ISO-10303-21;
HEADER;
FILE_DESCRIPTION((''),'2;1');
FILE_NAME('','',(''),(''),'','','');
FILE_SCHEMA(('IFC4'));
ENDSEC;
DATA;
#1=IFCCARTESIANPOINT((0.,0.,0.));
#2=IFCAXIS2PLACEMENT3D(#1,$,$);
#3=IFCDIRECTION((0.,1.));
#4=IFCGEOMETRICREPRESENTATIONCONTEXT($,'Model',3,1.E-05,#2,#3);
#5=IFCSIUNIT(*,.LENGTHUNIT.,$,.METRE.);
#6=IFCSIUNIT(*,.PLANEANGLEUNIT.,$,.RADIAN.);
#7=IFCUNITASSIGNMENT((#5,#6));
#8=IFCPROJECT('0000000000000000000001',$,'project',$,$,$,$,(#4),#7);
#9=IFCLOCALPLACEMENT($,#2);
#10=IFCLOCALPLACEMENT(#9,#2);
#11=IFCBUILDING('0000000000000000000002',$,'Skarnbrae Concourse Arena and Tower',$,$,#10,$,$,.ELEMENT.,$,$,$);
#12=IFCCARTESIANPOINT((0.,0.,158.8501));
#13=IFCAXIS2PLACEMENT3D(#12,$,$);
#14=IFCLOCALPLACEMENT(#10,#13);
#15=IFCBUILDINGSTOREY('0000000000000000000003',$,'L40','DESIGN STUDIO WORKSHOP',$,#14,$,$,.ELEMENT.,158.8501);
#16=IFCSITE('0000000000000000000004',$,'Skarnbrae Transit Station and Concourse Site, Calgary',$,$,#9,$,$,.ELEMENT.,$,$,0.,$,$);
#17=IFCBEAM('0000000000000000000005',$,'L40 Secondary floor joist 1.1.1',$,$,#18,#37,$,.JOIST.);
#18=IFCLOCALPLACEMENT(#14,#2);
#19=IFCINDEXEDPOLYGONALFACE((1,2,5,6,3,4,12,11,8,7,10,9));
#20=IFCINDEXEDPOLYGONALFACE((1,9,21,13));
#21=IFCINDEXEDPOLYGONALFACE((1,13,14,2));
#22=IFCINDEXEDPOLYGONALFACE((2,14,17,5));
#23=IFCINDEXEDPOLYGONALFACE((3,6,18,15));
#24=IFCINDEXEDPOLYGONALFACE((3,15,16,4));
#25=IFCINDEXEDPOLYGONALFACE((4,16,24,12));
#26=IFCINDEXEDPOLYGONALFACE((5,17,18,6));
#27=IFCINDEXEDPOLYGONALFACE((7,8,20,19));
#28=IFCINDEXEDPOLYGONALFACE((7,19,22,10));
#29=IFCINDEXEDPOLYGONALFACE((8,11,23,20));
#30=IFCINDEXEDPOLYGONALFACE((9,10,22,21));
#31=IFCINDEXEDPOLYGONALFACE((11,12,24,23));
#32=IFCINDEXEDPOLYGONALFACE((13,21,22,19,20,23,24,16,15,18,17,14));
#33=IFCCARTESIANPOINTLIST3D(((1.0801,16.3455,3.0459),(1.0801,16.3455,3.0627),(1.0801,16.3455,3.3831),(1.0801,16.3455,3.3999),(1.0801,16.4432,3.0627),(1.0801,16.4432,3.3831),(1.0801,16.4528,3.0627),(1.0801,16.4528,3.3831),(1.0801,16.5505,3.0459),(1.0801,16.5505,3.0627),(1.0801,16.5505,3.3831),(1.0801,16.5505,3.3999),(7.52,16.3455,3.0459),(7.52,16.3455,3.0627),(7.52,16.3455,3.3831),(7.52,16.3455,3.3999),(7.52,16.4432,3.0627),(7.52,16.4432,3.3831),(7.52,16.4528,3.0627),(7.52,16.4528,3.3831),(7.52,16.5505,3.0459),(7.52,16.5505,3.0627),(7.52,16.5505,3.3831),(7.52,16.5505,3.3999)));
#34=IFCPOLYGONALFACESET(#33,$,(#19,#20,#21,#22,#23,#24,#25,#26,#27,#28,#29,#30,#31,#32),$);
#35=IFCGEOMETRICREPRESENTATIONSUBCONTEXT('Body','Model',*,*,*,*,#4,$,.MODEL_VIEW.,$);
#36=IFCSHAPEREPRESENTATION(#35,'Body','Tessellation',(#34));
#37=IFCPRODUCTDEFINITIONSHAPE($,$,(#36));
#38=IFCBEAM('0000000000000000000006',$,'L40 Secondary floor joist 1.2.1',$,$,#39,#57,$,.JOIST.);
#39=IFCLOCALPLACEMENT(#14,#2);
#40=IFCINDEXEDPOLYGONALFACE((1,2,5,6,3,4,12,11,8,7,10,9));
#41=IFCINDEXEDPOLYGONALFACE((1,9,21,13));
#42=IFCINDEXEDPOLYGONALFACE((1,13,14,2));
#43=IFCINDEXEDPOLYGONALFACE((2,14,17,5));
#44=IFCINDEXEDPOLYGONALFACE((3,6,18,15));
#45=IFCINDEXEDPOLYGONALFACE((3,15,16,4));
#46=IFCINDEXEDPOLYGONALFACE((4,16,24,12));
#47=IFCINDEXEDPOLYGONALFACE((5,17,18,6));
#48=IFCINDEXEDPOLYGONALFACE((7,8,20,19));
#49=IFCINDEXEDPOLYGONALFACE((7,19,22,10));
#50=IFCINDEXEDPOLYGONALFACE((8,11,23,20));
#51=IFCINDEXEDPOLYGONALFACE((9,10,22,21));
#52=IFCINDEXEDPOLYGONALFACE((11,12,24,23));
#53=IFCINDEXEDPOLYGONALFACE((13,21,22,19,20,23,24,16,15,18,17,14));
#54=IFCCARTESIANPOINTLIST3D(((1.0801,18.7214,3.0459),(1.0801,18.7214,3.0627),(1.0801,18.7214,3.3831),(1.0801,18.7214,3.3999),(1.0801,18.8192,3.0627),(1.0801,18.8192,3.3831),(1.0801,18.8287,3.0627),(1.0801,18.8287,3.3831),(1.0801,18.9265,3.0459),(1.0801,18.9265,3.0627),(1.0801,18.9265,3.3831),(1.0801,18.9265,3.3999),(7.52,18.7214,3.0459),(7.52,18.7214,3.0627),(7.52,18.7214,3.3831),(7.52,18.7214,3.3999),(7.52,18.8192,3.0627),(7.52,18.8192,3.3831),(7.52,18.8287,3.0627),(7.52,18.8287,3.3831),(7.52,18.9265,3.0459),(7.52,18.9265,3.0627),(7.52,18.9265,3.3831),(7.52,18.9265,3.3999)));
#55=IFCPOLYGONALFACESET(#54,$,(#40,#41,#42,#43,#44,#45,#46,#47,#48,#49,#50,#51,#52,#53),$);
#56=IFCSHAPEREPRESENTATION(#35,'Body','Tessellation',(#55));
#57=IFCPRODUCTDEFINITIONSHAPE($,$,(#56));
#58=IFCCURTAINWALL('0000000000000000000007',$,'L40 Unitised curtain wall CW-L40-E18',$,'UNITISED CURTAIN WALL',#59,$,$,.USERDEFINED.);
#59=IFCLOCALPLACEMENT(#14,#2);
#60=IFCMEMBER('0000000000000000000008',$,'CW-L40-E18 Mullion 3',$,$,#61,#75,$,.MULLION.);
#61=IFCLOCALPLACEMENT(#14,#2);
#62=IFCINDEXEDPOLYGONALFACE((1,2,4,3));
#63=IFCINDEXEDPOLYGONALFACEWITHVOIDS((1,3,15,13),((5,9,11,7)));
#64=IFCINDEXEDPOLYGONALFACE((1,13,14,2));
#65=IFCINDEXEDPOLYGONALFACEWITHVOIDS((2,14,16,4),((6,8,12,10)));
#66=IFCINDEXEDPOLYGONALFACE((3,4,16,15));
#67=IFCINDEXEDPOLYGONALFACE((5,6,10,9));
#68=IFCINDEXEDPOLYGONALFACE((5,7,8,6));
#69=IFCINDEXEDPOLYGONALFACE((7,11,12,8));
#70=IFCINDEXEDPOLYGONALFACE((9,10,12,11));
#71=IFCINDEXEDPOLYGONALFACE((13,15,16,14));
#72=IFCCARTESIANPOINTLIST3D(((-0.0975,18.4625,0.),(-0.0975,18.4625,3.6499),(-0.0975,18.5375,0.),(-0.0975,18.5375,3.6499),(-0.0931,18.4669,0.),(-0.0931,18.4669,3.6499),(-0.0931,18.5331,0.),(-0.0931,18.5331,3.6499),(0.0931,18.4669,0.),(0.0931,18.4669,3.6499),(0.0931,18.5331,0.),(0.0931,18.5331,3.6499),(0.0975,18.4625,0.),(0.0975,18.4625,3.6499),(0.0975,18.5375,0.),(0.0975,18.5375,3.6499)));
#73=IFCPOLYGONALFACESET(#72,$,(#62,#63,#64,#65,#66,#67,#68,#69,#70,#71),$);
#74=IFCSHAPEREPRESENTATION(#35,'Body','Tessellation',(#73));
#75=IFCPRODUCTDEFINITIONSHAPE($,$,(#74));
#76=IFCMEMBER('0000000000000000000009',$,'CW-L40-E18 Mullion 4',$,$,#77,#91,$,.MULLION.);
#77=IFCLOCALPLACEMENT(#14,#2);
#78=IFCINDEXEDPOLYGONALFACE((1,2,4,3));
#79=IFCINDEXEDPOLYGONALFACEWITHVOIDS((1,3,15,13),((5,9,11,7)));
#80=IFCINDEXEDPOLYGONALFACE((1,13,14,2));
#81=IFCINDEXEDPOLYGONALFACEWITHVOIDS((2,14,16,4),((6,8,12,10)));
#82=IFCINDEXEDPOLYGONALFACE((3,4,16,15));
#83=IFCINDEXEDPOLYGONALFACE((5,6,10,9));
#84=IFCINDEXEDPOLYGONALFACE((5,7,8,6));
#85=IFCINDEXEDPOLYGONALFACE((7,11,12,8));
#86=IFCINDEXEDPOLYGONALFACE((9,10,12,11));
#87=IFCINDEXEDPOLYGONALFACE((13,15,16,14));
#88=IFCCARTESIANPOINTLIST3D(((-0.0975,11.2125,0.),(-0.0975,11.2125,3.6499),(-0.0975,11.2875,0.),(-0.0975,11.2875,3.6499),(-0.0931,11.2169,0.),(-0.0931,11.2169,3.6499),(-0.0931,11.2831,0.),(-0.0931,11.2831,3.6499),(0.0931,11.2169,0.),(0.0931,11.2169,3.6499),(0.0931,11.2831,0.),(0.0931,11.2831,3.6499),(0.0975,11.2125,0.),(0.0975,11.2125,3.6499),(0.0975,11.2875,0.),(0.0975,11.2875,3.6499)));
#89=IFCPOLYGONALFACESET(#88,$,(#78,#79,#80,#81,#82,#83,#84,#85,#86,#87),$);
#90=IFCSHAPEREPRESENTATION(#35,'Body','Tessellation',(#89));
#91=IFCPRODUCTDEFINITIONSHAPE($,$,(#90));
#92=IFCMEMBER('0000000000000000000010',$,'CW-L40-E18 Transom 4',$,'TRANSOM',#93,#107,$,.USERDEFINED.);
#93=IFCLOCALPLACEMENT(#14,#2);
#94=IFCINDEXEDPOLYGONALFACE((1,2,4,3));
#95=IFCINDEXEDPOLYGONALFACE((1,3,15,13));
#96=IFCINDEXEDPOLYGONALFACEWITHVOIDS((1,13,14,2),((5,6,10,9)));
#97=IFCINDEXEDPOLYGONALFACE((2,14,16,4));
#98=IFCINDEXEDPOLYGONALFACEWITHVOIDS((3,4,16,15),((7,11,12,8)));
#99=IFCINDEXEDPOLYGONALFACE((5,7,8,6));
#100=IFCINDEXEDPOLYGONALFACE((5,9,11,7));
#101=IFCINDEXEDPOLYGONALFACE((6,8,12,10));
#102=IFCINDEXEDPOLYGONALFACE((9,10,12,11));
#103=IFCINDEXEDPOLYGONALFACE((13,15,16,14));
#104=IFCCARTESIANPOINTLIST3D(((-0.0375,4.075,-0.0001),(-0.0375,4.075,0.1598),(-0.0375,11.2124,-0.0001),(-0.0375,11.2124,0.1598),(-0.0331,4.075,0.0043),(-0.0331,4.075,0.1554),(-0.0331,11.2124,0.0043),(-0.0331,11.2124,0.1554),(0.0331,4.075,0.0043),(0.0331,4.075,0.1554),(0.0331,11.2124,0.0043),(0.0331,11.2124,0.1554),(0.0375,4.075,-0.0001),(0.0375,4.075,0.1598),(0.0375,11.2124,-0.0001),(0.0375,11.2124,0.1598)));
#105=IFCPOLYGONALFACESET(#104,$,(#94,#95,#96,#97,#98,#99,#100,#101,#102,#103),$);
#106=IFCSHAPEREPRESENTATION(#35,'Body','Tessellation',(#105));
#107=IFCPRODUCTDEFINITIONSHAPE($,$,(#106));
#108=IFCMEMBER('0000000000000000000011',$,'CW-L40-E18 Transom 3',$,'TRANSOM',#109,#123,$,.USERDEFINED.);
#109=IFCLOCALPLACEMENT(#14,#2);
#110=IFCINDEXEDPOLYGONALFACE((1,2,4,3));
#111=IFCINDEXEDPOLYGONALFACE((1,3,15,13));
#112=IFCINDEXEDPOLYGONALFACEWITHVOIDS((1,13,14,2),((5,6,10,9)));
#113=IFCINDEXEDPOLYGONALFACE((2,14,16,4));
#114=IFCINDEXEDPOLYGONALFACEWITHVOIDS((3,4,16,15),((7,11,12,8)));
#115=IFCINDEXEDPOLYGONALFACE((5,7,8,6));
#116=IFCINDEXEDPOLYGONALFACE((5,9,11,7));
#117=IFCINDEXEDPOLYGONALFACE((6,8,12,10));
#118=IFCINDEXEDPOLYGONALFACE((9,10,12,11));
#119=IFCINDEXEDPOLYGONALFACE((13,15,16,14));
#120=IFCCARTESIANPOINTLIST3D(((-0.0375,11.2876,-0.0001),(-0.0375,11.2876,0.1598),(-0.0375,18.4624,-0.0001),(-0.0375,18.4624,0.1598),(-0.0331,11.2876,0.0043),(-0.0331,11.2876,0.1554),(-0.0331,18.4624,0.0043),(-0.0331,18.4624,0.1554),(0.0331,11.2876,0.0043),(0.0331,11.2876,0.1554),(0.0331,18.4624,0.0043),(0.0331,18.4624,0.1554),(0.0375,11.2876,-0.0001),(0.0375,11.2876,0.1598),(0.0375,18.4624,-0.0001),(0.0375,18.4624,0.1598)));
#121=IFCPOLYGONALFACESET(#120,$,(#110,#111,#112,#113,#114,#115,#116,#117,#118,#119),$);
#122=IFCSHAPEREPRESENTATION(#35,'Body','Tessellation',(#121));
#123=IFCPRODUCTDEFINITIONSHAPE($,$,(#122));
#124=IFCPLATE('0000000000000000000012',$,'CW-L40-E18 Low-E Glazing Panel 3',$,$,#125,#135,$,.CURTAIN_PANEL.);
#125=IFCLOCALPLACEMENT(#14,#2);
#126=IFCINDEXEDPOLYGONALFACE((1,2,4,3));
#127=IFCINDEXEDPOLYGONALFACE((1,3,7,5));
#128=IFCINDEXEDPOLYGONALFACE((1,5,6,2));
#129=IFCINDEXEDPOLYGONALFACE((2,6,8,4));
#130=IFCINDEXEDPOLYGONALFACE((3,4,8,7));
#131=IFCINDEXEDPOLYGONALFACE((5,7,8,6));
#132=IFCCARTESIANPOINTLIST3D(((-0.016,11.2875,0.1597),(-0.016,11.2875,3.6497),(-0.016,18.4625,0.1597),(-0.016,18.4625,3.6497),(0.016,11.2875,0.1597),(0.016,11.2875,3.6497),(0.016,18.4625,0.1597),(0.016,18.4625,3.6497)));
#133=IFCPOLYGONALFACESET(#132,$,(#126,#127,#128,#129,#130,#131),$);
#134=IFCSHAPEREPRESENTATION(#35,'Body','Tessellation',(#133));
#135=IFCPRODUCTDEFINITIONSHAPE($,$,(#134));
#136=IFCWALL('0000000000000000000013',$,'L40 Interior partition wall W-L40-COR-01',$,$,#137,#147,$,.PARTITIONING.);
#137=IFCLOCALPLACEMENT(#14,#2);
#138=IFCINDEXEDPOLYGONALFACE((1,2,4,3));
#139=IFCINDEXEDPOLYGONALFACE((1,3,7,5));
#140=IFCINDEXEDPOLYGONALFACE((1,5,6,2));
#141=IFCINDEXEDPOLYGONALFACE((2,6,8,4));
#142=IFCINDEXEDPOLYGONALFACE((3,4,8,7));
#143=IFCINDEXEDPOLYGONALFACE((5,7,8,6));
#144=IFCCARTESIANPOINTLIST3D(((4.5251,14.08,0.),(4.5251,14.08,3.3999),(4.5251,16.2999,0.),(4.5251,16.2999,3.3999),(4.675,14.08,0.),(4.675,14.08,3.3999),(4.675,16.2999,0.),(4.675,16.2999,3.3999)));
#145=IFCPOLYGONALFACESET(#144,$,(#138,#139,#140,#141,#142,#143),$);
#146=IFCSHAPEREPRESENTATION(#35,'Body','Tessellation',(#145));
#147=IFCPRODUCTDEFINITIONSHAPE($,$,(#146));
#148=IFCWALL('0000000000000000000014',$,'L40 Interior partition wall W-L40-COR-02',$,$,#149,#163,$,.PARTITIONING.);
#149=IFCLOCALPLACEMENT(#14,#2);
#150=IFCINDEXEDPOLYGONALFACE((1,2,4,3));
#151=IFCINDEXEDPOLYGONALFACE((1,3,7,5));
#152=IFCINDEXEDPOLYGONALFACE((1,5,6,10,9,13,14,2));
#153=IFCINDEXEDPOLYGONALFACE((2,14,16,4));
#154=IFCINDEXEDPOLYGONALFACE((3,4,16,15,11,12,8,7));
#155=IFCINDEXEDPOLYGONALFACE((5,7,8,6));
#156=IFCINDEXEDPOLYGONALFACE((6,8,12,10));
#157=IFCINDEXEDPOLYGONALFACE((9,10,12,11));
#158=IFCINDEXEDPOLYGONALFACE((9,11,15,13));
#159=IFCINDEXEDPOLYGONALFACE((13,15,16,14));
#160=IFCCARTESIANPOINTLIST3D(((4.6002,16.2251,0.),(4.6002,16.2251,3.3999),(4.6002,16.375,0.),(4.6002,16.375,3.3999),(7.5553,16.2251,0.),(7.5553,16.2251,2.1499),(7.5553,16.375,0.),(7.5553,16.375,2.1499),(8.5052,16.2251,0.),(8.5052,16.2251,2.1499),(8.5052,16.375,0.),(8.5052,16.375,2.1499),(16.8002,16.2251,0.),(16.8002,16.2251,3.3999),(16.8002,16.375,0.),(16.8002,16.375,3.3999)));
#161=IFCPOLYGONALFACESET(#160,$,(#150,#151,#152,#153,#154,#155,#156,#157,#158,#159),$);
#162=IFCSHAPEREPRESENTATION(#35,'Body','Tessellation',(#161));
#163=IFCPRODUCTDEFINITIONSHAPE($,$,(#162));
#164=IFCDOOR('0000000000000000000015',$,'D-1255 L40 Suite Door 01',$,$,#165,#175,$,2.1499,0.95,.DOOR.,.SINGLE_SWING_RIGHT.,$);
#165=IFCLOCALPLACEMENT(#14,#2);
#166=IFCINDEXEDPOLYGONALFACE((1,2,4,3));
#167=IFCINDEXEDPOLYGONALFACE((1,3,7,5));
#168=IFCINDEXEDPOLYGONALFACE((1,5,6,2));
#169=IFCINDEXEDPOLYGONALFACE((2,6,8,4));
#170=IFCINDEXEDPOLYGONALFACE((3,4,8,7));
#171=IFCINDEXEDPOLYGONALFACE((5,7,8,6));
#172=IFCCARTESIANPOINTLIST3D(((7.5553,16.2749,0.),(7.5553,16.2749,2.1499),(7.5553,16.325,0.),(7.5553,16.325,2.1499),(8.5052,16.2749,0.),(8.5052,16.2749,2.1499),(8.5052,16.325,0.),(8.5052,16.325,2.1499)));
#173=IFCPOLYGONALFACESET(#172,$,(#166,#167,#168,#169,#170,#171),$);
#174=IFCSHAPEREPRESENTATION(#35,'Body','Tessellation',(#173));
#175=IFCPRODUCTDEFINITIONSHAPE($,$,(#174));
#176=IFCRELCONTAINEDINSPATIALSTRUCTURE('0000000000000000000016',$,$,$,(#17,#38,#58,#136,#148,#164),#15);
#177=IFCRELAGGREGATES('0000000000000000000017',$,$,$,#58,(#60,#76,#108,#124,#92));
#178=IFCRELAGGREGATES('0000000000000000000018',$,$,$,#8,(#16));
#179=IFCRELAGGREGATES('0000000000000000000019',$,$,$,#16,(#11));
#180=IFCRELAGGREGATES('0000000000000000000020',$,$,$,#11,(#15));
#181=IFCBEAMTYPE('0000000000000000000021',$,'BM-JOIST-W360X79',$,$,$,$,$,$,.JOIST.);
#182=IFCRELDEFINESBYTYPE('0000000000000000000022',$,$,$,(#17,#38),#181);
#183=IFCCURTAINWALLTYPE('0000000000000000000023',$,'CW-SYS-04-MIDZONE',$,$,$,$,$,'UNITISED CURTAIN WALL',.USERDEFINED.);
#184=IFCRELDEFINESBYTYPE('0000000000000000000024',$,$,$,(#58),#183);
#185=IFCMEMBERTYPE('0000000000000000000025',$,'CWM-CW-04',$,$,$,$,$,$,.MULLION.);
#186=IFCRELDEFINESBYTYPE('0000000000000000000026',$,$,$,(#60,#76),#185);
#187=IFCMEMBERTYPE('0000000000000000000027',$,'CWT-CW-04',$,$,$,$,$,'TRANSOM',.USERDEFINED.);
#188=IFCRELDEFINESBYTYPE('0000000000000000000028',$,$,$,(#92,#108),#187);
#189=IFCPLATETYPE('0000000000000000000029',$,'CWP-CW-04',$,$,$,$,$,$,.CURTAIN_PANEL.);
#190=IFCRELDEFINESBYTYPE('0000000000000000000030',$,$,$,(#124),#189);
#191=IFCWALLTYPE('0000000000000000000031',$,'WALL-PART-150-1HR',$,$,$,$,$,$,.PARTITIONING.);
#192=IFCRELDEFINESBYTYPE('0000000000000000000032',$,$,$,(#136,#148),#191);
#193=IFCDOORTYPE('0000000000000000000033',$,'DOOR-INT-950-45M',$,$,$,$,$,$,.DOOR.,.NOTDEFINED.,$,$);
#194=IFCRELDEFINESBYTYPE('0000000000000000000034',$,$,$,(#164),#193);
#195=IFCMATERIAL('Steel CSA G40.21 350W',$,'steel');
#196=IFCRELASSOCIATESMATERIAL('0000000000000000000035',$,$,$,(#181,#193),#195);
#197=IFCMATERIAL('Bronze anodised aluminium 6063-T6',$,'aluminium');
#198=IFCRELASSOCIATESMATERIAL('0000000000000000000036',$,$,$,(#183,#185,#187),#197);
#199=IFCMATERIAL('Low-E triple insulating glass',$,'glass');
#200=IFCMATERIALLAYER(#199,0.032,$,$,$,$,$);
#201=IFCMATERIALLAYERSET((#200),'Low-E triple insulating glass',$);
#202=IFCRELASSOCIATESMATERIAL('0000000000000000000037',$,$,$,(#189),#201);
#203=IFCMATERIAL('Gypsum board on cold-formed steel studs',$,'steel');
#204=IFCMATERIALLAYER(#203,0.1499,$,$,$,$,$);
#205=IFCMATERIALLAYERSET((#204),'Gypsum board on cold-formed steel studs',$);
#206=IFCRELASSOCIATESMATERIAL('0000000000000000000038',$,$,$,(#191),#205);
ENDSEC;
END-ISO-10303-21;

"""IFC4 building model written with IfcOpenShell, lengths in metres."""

from ifc_helpers import new_model, si_unit, direction, frame, frame_2d, origin, origin_2d, place, context, subcontext, project, spatial, rectangle, hollow_rectangle, i_section, extrude, source, transform, mapped, material, layer, layer_set, material_profile, profile_set, type_object, element, fill, aggregate, save


model = new_model("IFC4")

# Units and contexts
model_context = context("Model", 3, precision=1e-05, world=origin(), true_north=direction((0.0, 1.0)))
body_context = subcontext(model_context, "Body", "Model", "MODEL_VIEW")
ifc_project = project(units=[si_unit("LENGTHUNIT", "METRE"), si_unit("PLANEANGLEUNIT", "RADIAN")], contexts=[model_context])

# Site, building, storey
site_placement = place(None, origin())
site = spatial("IfcSite", under=ifc_project, at=site_placement, Name="Skarnbrae Transit Station and Concourse Site, Calgary", CompositionType="ELEMENT", RefElevation=0.0)
building_placement = place(site_placement, origin())
building = spatial("IfcBuilding", under=site, at=building_placement, Name="Skarnbrae Concourse Arena and Tower", CompositionType="ELEMENT")
storey_placement = place(building_placement, frame((0.0, 0.0, 158.8501)))
storey = spatial("IfcBuildingStorey", under=building, at=storey_placement, Name="L40", Description="DESIGN STUDIO WORKSHOP", CompositionType="ELEMENT", Elevation=158.8501)

# Shared definitions
ifc_material_1 = material(Name="Steel CSA G40.21 350W", Category="steel")

# Beams
ifc_material_profile_1 = material_profile(ifc_material_1, i_section(OverallWidth=0.2051, OverallDepth=0.354, WebThickness=0.0095, FlangeThickness=0.0168, at=origin_2d()), Name="W360X79")
ifc_profile_set_1 = profile_set([ifc_material_profile_1], Name="Steel CSA G40.21 350W")
beam_type_1 = type_object("IfcBeamType", Name="BM-JOIST-W360X79", PredefinedType="JOIST", material=ifc_profile_set_1)
shared_shape_1 = source(origin(), body_context, "Body", "SweptSolid", [
    extrude(i_section(OverallWidth=0.2051, OverallDepth=0.354, WebThickness=0.0095, FlangeThickness=0.0168, at=origin_2d()), origin(), (0.0, 0.0, 1.0), 6.4399),
])
for number, where, z_axis, x_axis, name in (
    (1, (1.0801, 16.448, 3.2229), (1.0, 0.0, 0.0), (0.0, 1.0, 0.0), "L40 Secondary floor joist 1.1.1"),
    (2, (1.0801, 18.824, 3.2229), (1.0, 0.0, 0.0), (0.0, 1.0, 0.0), "L40 Secondary floor joist 1.2.1"),
):
    element("IfcBeam", number, at=place(storey_placement, frame(where, z_axis=z_axis, x_axis=x_axis)), inside=storey, type_object=beam_type_1, Name=name, PredefinedType="JOIST", context=body_context, shape_type="MappedRepresentation", body=[
        mapped(shared_shape_1, transform((0.0, 0.0, 0.0))),
    ])

# Curtain wall, members, plate
ifc_material_2 = material(Name="Bronze anodised aluminium 6063-T6", Category="aluminium")
curtain_wall_type = type_object("IfcCurtainWallType", Name="CW-SYS-04-MIDZONE", ElementType="UNITISED CURTAIN WALL", PredefinedType="USERDEFINED", material=ifc_material_2)
curtain_wall_placement = place(storey_placement, origin())
curtain_wall = element("IfcCurtainWall", 3, at=curtain_wall_placement, inside=storey, type_object=curtain_wall_type, Name="L40 Unitised curtain wall CW-L40-E18", ObjectType="UNITISED CURTAIN WALL", PredefinedType="USERDEFINED")
ifc_material_profile_2 = material_profile(ifc_material_2, hollow_rectangle(XDim=0.075, YDim=0.1951, WallThickness=0.0044, at=origin_2d()), Name="ALU-MULL-75X195")
ifc_profile_set_2 = profile_set([ifc_material_profile_2], Name="Bronze anodised aluminium 6063-T6")
member_type_1 = type_object("IfcMemberType", Name="CWM-CW-04", PredefinedType="MULLION", material=ifc_profile_set_2)
shared_shape_2 = source(origin(), body_context, "Body", "SweptSolid", [
    extrude(hollow_rectangle(XDim=0.075, YDim=0.1951, WallThickness=0.0044, at=origin_2d()), origin(), (0.0, 0.0, 1.0), 3.6499),
])
member_1_placement = place(storey_placement, frame((0.0, 18.5, 0.0), z_axis=(0.0, 0.0, 1.0), x_axis=(0.0, -1.0, 0.0)))
member_1 = element("IfcMember", 4, at=member_1_placement, type_object=member_type_1, Name="CW-L40-E18 Mullion 3", PredefinedType="MULLION", context=body_context, shape_type="MappedRepresentation", body=[
    mapped(shared_shape_2, transform((0.0, 0.0, 0.0))),
])
member_2_placement = place(storey_placement, frame((0.0, 11.25, 0.0), z_axis=(0.0, 0.0, 1.0), x_axis=(0.0, -1.0, 0.0)))
member_2 = element("IfcMember", 5, at=member_2_placement, type_object=member_type_1, Name="CW-L40-E18 Mullion 4", PredefinedType="MULLION", context=body_context, shape_type="MappedRepresentation", body=[
    mapped(shared_shape_2, transform((0.0, 0.0, 0.0))),
])
ifc_material_profile_3 = material_profile(ifc_material_2, hollow_rectangle(XDim=0.075, YDim=0.1599, WallThickness=0.0044, at=origin_2d()), Name="ALU-TRAN-75X160")
ifc_profile_set_3 = profile_set([ifc_material_profile_3], Name="Bronze anodised aluminium 6063-T6")
member_type_2 = type_object("IfcMemberType", Name="CWT-CW-04", ElementType="TRANSOM", PredefinedType="USERDEFINED", material=ifc_profile_set_3)
shared_shape_3 = source(origin(), body_context, "Body", "SweptSolid", [
    extrude(hollow_rectangle(XDim=0.075, YDim=0.1599, WallThickness=0.0044, at=origin_2d()), origin(), (0.0, 0.0, 1.0), 7.1375),
])
member_3_placement = place(storey_placement, frame((0.0, 11.2124, 0.0798), z_axis=(0.0, -1.0, 0.0), x_axis=(1.0, 0.0, 0.0)))
member_3 = element("IfcMember", 6, at=member_3_placement, type_object=member_type_2, Name="CW-L40-E18 Transom 4", ObjectType="TRANSOM", PredefinedType="USERDEFINED", context=body_context, shape_type="MappedRepresentation", body=[
    mapped(shared_shape_3, transform((0.0, 0.0, 0.0))),
])
shared_shape_4 = source(origin(), body_context, "Body", "SweptSolid", [
    extrude(hollow_rectangle(XDim=0.075, YDim=0.1599, WallThickness=0.0044, at=origin_2d()), origin(), (0.0, 0.0, 1.0), 7.1748),
])
member_4_placement = place(storey_placement, frame((0.0, 18.4624, 0.0798), z_axis=(0.0, -1.0, 0.0), x_axis=(1.0, 0.0, 0.0)))
member_4 = element("IfcMember", 7, at=member_4_placement, type_object=member_type_2, Name="CW-L40-E18 Transom 3", ObjectType="TRANSOM", PredefinedType="USERDEFINED", context=body_context, shape_type="MappedRepresentation", body=[
    mapped(shared_shape_4, transform((0.0, 0.0, 0.0))),
])
ifc_material_3 = material(Name="Low-E triple insulating glass", Category="glass")
ifc_layer_1 = layer(ifc_material_3, 0.032)
ifc_layer_set_1 = layer_set([ifc_layer_1], Name="Low-E triple insulating glass")
plate_type = type_object("IfcPlateType", Name="CWP-CW-04", PredefinedType="CURTAIN_PANEL", material=ifc_layer_set_1)
shared_shape_5 = source(origin(), body_context, "Body", "SweptSolid", [
    extrude(rectangle(XDim=7.175, YDim=0.032, at=origin_2d()), origin(), (0.0, 0.0, 1.0), 3.49),
])
plate_placement = place(storey_placement, frame((0.0, 14.875, 0.1597), z_axis=(0.0, 0.0, 1.0), x_axis=(0.0, -1.0, 0.0)))
plate = element("IfcPlate", 8, at=plate_placement, type_object=plate_type, Name="CW-L40-E18 Low-E Glazing Panel 3", PredefinedType="CURTAIN_PANEL", context=body_context, shape_type="MappedRepresentation", body=[
    mapped(shared_shape_5, transform((0.0, 0.0, 0.0))),
])
aggregate(curtain_wall, [member_1, member_2, member_4, plate, member_3])

# Wall
ifc_material_4 = material(Name="Gypsum board on cold-formed steel studs", Category="steel")
ifc_layer_2 = layer(ifc_material_4, 0.1499)
ifc_layer_set_2 = layer_set([ifc_layer_2], Name="Gypsum board on cold-formed steel studs")
wall_type_1 = type_object("IfcWallType", Name="WALL-PART-150-1HR", PredefinedType="PARTITIONING", material=ifc_layer_set_2)
shared_shape_6 = source(origin(), body_context, "Body", "SweptSolid", [
    extrude(rectangle(XDim=2.22, YDim=0.1499, at=frame_2d((1.1099, 0.0))), origin(), (0.0, 0.0, 1.0), 3.3999),
])
wall_1_placement = place(storey_placement, frame((4.6001, 14.0801, 0.0), z_axis=(0.0, 0.0, 1.0), x_axis=(0.0, 1.0, 0.0)))
element("IfcWall", 9, at=wall_1_placement, inside=storey, type_object=wall_type_1, Name="L40 Interior partition wall W-L40-COR-01", PredefinedType="PARTITIONING", context=body_context, shape_type="MappedRepresentation", body=[
    mapped(shared_shape_6, transform((0.0, 0.0, 0.0))),
])

# Wall, opening, door
shared_shape_7 = source(origin(), body_context, "Body", "SweptSolid", [
    extrude(rectangle(XDim=12.2, YDim=0.1499, at=frame_2d((6.1001, 0.0))), origin(), (0.0, 0.0, 1.0), 3.3999),
])
wall_2_placement = place(storey_placement, frame((4.6001, 16.3, 0.0), z_axis=(0.0, 0.0, 1.0), x_axis=(1.0, 0.0, 0.0)))
wall_2 = element("IfcWall", 10, at=wall_2_placement, inside=storey, type_object=wall_type_1, Name="L40 Interior partition wall W-L40-COR-02", PredefinedType="PARTITIONING", context=body_context, shape_type="MappedRepresentation", body=[
    mapped(shared_shape_7, transform((0.0, 0.0, 0.0))),
])
opening_1_placement = place(wall_2_placement, frame((2.9551, 0.0, 0.0)))
opening_1 = element("IfcOpeningElement", 11, at=opening_1_placement, cuts=wall_2, PredefinedType="OPENING", context=body_context, shape_type="SweptSolid", body=[
    extrude(rectangle(XDim=0.95, YDim=2.1499, at=frame_2d((0.4751, 1.075))), frame((0.0, 0.085, 0.0), z_axis=(0.0, -1.0, 0.0), x_axis=(1.0, 0.0, 0.0)), (0.0, 0.0, 1.0), 0.1699),
])
door_type_1 = type_object("IfcDoorType", Name="DOOR-INT-950-45M", OperationType="NOTDEFINED", PredefinedType="DOOR", material=ifc_material_1)
shared_shape_8 = source(origin(), body_context, "Body", "SweptSolid", [
    extrude(rectangle(XDim=0.95, YDim=2.1499, at=frame_2d((0.4751, 1.075))), frame((0.0, 0.0249, 0.0), z_axis=(0.0, -1.0, 0.0), x_axis=(1.0, 0.0, 0.0)), (0.0, 0.0, 1.0), 0.05),
])
door_1_placement = place(opening_1_placement, origin())
door_1 = element("IfcDoor", 12, at=door_1_placement, inside=storey, type_object=door_type_1, Name="D-1255 L40 Suite Door 01", OperationType="SINGLE_SWING_RIGHT", OverallHeight=2.1499, OverallWidth=0.95, PredefinedType="DOOR", context=body_context, shape_type="MappedRepresentation", body=[
    mapped(shared_shape_8, transform((0.0, 0.0, 0.0))),
])
fill(opening_1, door_1)

save(model, "model.ifc")
